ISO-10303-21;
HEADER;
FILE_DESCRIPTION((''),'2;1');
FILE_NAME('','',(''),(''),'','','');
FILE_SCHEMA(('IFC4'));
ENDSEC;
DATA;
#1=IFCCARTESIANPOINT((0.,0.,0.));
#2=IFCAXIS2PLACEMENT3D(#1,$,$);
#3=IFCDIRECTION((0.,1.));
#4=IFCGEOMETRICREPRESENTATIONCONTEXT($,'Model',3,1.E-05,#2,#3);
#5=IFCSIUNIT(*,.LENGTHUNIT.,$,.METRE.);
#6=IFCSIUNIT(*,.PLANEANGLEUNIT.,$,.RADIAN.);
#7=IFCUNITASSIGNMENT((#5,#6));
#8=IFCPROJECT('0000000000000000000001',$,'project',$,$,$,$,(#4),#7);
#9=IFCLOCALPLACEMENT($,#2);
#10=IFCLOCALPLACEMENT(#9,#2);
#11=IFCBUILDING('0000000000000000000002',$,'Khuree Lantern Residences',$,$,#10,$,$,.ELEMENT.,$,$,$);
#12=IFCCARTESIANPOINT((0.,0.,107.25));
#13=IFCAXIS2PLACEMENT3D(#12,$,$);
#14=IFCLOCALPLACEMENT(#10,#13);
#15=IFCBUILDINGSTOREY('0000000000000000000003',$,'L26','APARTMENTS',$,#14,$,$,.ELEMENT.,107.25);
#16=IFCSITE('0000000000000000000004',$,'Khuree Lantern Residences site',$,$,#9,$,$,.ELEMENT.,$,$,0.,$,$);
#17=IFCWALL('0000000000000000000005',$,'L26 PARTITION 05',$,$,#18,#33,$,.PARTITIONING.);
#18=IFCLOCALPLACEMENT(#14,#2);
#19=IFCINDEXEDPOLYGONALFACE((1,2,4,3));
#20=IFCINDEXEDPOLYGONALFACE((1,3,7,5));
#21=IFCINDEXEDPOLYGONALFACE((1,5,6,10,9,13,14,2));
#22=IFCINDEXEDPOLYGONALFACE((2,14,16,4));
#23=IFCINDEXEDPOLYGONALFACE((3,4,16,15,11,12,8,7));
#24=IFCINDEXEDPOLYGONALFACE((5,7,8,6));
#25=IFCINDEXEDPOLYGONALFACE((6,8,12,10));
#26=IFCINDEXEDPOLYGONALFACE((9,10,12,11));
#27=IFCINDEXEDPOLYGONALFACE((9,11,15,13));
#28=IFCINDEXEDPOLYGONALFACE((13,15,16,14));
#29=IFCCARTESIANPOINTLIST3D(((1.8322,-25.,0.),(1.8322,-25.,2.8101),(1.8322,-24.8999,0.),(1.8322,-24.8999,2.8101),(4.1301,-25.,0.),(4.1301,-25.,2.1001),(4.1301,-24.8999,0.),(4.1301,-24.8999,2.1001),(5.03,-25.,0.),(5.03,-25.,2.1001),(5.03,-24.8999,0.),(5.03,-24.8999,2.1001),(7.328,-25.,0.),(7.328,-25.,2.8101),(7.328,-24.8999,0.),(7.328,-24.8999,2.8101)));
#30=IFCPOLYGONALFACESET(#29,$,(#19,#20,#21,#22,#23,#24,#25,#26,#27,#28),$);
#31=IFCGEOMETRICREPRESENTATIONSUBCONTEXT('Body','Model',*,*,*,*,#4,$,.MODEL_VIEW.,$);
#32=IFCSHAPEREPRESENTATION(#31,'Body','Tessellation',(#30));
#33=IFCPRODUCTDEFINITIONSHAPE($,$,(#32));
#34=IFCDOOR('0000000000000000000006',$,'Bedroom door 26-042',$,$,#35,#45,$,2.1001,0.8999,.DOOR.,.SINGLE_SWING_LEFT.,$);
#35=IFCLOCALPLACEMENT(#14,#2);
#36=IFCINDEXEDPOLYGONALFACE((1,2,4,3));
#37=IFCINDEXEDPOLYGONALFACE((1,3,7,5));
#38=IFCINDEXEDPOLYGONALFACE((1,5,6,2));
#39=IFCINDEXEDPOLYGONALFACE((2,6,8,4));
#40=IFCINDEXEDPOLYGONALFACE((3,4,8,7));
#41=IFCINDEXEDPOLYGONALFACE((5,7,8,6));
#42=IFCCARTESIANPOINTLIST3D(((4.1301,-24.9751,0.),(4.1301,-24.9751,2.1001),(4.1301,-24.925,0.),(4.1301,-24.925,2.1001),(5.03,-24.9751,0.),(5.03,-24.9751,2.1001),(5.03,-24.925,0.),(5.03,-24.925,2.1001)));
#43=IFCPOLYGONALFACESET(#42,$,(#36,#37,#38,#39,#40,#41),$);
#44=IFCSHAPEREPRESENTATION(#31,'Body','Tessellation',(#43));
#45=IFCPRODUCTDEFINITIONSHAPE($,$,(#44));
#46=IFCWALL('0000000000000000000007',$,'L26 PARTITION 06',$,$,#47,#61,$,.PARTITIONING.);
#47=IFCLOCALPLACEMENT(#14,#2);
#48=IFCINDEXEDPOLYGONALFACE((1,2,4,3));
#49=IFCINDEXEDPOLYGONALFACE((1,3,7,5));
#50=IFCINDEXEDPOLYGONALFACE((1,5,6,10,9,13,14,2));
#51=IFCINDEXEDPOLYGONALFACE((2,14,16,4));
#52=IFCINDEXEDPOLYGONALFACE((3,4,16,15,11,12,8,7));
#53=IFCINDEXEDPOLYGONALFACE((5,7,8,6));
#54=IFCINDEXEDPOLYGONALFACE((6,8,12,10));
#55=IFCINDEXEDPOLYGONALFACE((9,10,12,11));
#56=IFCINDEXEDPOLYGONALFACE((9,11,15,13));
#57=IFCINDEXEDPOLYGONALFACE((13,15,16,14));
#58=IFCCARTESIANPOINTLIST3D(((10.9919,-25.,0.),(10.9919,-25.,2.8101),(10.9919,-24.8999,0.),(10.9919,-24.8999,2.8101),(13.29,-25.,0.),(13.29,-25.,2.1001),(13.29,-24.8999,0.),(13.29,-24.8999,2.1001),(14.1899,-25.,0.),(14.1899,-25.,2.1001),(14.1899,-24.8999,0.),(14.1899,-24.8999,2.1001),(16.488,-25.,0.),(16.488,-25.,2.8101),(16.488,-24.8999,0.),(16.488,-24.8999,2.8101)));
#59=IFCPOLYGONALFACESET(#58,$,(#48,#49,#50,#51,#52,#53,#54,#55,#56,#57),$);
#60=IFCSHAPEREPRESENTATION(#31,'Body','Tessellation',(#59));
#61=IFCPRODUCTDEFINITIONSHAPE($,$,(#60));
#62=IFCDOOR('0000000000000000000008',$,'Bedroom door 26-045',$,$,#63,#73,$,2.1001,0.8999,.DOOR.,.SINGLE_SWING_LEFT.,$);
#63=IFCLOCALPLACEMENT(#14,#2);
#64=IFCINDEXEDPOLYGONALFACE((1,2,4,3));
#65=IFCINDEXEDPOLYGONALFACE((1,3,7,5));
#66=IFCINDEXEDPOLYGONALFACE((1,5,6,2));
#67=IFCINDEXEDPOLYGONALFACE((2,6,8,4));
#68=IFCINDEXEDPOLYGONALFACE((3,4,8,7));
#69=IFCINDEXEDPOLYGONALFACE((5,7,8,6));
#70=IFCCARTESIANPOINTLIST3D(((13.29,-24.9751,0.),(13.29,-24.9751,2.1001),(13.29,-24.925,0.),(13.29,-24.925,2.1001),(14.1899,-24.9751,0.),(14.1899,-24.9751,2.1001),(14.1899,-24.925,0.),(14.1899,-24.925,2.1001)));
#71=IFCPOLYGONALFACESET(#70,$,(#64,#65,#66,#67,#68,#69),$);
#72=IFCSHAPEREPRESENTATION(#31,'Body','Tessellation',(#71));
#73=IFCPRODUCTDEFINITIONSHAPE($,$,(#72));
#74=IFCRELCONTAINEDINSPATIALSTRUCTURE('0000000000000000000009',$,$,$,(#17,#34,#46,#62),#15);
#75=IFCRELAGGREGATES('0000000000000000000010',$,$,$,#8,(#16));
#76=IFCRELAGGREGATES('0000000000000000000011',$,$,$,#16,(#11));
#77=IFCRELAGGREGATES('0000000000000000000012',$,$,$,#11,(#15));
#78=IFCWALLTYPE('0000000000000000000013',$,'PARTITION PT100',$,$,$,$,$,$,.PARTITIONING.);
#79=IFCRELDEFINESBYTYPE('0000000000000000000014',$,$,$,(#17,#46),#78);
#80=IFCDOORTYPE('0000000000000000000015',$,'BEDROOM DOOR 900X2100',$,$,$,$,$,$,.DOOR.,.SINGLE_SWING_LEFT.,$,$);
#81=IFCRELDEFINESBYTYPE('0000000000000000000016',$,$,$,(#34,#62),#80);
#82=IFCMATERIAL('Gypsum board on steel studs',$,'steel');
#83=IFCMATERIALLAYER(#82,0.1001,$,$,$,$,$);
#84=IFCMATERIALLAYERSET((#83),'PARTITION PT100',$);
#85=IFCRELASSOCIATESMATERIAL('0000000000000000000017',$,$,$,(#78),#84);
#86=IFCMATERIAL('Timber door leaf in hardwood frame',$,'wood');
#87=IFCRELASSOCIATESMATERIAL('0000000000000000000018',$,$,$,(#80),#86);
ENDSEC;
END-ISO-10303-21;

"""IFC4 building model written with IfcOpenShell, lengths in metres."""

from ifc_helpers import new_model, si_unit, direction, frame, frame_2d, origin, place, context, subcontext, project, spatial, rectangle, extrude, material, layer, layer_set, type_object, element, fill, save


model = new_model("IFC4")

# Units and contexts
model_context = context("Model", 3, precision=1e-05, world=origin(), true_north=direction((0.0, 1.0)))
body_context = subcontext(model_context, "Body", "Model", "MODEL_VIEW")
ifc_project = project(units=[si_unit("LENGTHUNIT", "METRE"), si_unit("PLANEANGLEUNIT", "RADIAN")], contexts=[model_context])

# Site, building, storey
site_placement = place(None, origin())
site = spatial("IfcSite", under=ifc_project, at=site_placement, Name="Khuree Lantern Residences site", CompositionType="ELEMENT", RefElevation=0.0)
building_placement = place(site_placement, origin())
building = spatial("IfcBuilding", under=site, at=building_placement, Name="Khuree Lantern Residences", CompositionType="ELEMENT")
storey_placement = place(building_placement, frame((0.0, 0.0, 107.25)))
storey = spatial("IfcBuildingStorey", under=building, at=storey_placement, Name="L26", Description="APARTMENTS", CompositionType="ELEMENT", Elevation=107.25)

# Shared definitions
ifc_material_1 = material(Name="Gypsum board on steel studs", Category="steel")
ifc_layer_1 = layer(ifc_material_1, 0.1001)
ifc_layer_set_1 = layer_set([ifc_layer_1], Name="PARTITION PT100")
wall_type = type_object("IfcWallType", Name="PARTITION PT100", PredefinedType="PARTITIONING", material=ifc_layer_set_1)

# Walls, openings, doors
wall_1_placement = place(storey_placement, frame((1.832, -24.95, 0.0), z_axis=(0.0, 0.0, 1.0), x_axis=(1.0, 0.0, 0.0)))
wall_1 = element("IfcWall", 1, at=wall_1_placement, inside=storey, type_object=wall_type, Name="L26 PARTITION 05", PredefinedType="PARTITIONING", context=body_context, shape_type="SweptSolid", body=[
    extrude(rectangle(XDim=5.4958, YDim=0.1001, at=frame_2d((2.748, 0.0))), origin(), (0.0, 0.0, 1.0), 2.8101),
])
opening_1_placement = place(wall_1_placement, frame((2.2981, 0.0, 0.0)))
opening_1 = element("IfcOpeningElement", 2, at=opening_1_placement, cuts=wall_1, PredefinedType="OPENING", context=body_context, shape_type="SweptSolid", body=[
    extrude(rectangle(XDim=0.8999, YDim=2.1001, at=frame_2d((0.45, 1.05))), frame((0.0, 0.0601, 0.0), z_axis=(0.0, -1.0, 0.0), x_axis=(1.0, 0.0, 0.0)), (0.0, 0.0, 1.0), 0.1201),
])
ifc_material_2 = material(Name="Timber door leaf in hardwood frame", Category="wood")
door_type = type_object("IfcDoorType", Name="BEDROOM DOOR 900X2100", OperationType="SINGLE_SWING_LEFT", PredefinedType="DOOR", material=ifc_material_2)
door_1_placement = place(opening_1_placement, origin())
door_1 = element("IfcDoor", 3, at=door_1_placement, inside=storey, type_object=door_type, Name="Bedroom door 26-042", OperationType="SINGLE_SWING_LEFT", OverallHeight=2.1001, OverallWidth=0.8999, PredefinedType="DOOR", context=body_context, shape_type="SweptSolid", body=[
    extrude(rectangle(XDim=0.8999, YDim=2.1001, at=frame_2d((0.45, 1.05))), frame((0.0, 0.0249, 0.0), z_axis=(0.0, -1.0, 0.0), x_axis=(1.0, 0.0, 0.0)), (0.0, 0.0, 1.0), 0.05),
])
fill(opening_1, door_1)
wall_2_placement = place(storey_placement, frame((10.9919, -24.95, 0.0), z_axis=(0.0, 0.0, 1.0), x_axis=(1.0, 0.0, 0.0)))
wall_2 = element("IfcWall", 4, at=wall_2_placement, inside=storey, type_object=wall_type, Name="L26 PARTITION 06", PredefinedType="PARTITIONING", context=body_context, shape_type="SweptSolid", body=[
    extrude(rectangle(XDim=5.4961, YDim=0.1001, at=frame_2d((2.748, 0.0))), origin(), (0.0, 0.0, 1.0), 2.8101),
])
opening_2_placement = place(wall_2_placement, frame((2.2981, 0.0, 0.0)))
opening_2 = element("IfcOpeningElement", 5, at=opening_2_placement, cuts=wall_2, PredefinedType="OPENING", context=body_context, shape_type="SweptSolid", body=[
    extrude(rectangle(XDim=0.8999, YDim=2.1001, at=frame_2d((0.45, 1.05))), frame((0.0, 0.0601, 0.0), z_axis=(0.0, -1.0, 0.0), x_axis=(1.0, 0.0, 0.0)), (0.0, 0.0, 1.0), 0.1201),
])
door_2_placement = place(opening_2_placement, origin())
door_2 = element("IfcDoor", 6, at=door_2_placement, inside=storey, type_object=door_type, Name="Bedroom door 26-045", OperationType="SINGLE_SWING_LEFT", OverallHeight=2.1001, OverallWidth=0.8999, PredefinedType="DOOR", context=body_context, shape_type="SweptSolid", body=[
    extrude(rectangle(XDim=0.8999, YDim=2.1001, at=frame_2d((0.45, 1.05))), frame((0.0, 0.0249, 0.0), z_axis=(0.0, -1.0, 0.0), x_axis=(1.0, 0.0, 0.0)), (0.0, 0.0, 1.0), 0.05),
])
fill(opening_2, door_2)

save(model, "model.ifc")
